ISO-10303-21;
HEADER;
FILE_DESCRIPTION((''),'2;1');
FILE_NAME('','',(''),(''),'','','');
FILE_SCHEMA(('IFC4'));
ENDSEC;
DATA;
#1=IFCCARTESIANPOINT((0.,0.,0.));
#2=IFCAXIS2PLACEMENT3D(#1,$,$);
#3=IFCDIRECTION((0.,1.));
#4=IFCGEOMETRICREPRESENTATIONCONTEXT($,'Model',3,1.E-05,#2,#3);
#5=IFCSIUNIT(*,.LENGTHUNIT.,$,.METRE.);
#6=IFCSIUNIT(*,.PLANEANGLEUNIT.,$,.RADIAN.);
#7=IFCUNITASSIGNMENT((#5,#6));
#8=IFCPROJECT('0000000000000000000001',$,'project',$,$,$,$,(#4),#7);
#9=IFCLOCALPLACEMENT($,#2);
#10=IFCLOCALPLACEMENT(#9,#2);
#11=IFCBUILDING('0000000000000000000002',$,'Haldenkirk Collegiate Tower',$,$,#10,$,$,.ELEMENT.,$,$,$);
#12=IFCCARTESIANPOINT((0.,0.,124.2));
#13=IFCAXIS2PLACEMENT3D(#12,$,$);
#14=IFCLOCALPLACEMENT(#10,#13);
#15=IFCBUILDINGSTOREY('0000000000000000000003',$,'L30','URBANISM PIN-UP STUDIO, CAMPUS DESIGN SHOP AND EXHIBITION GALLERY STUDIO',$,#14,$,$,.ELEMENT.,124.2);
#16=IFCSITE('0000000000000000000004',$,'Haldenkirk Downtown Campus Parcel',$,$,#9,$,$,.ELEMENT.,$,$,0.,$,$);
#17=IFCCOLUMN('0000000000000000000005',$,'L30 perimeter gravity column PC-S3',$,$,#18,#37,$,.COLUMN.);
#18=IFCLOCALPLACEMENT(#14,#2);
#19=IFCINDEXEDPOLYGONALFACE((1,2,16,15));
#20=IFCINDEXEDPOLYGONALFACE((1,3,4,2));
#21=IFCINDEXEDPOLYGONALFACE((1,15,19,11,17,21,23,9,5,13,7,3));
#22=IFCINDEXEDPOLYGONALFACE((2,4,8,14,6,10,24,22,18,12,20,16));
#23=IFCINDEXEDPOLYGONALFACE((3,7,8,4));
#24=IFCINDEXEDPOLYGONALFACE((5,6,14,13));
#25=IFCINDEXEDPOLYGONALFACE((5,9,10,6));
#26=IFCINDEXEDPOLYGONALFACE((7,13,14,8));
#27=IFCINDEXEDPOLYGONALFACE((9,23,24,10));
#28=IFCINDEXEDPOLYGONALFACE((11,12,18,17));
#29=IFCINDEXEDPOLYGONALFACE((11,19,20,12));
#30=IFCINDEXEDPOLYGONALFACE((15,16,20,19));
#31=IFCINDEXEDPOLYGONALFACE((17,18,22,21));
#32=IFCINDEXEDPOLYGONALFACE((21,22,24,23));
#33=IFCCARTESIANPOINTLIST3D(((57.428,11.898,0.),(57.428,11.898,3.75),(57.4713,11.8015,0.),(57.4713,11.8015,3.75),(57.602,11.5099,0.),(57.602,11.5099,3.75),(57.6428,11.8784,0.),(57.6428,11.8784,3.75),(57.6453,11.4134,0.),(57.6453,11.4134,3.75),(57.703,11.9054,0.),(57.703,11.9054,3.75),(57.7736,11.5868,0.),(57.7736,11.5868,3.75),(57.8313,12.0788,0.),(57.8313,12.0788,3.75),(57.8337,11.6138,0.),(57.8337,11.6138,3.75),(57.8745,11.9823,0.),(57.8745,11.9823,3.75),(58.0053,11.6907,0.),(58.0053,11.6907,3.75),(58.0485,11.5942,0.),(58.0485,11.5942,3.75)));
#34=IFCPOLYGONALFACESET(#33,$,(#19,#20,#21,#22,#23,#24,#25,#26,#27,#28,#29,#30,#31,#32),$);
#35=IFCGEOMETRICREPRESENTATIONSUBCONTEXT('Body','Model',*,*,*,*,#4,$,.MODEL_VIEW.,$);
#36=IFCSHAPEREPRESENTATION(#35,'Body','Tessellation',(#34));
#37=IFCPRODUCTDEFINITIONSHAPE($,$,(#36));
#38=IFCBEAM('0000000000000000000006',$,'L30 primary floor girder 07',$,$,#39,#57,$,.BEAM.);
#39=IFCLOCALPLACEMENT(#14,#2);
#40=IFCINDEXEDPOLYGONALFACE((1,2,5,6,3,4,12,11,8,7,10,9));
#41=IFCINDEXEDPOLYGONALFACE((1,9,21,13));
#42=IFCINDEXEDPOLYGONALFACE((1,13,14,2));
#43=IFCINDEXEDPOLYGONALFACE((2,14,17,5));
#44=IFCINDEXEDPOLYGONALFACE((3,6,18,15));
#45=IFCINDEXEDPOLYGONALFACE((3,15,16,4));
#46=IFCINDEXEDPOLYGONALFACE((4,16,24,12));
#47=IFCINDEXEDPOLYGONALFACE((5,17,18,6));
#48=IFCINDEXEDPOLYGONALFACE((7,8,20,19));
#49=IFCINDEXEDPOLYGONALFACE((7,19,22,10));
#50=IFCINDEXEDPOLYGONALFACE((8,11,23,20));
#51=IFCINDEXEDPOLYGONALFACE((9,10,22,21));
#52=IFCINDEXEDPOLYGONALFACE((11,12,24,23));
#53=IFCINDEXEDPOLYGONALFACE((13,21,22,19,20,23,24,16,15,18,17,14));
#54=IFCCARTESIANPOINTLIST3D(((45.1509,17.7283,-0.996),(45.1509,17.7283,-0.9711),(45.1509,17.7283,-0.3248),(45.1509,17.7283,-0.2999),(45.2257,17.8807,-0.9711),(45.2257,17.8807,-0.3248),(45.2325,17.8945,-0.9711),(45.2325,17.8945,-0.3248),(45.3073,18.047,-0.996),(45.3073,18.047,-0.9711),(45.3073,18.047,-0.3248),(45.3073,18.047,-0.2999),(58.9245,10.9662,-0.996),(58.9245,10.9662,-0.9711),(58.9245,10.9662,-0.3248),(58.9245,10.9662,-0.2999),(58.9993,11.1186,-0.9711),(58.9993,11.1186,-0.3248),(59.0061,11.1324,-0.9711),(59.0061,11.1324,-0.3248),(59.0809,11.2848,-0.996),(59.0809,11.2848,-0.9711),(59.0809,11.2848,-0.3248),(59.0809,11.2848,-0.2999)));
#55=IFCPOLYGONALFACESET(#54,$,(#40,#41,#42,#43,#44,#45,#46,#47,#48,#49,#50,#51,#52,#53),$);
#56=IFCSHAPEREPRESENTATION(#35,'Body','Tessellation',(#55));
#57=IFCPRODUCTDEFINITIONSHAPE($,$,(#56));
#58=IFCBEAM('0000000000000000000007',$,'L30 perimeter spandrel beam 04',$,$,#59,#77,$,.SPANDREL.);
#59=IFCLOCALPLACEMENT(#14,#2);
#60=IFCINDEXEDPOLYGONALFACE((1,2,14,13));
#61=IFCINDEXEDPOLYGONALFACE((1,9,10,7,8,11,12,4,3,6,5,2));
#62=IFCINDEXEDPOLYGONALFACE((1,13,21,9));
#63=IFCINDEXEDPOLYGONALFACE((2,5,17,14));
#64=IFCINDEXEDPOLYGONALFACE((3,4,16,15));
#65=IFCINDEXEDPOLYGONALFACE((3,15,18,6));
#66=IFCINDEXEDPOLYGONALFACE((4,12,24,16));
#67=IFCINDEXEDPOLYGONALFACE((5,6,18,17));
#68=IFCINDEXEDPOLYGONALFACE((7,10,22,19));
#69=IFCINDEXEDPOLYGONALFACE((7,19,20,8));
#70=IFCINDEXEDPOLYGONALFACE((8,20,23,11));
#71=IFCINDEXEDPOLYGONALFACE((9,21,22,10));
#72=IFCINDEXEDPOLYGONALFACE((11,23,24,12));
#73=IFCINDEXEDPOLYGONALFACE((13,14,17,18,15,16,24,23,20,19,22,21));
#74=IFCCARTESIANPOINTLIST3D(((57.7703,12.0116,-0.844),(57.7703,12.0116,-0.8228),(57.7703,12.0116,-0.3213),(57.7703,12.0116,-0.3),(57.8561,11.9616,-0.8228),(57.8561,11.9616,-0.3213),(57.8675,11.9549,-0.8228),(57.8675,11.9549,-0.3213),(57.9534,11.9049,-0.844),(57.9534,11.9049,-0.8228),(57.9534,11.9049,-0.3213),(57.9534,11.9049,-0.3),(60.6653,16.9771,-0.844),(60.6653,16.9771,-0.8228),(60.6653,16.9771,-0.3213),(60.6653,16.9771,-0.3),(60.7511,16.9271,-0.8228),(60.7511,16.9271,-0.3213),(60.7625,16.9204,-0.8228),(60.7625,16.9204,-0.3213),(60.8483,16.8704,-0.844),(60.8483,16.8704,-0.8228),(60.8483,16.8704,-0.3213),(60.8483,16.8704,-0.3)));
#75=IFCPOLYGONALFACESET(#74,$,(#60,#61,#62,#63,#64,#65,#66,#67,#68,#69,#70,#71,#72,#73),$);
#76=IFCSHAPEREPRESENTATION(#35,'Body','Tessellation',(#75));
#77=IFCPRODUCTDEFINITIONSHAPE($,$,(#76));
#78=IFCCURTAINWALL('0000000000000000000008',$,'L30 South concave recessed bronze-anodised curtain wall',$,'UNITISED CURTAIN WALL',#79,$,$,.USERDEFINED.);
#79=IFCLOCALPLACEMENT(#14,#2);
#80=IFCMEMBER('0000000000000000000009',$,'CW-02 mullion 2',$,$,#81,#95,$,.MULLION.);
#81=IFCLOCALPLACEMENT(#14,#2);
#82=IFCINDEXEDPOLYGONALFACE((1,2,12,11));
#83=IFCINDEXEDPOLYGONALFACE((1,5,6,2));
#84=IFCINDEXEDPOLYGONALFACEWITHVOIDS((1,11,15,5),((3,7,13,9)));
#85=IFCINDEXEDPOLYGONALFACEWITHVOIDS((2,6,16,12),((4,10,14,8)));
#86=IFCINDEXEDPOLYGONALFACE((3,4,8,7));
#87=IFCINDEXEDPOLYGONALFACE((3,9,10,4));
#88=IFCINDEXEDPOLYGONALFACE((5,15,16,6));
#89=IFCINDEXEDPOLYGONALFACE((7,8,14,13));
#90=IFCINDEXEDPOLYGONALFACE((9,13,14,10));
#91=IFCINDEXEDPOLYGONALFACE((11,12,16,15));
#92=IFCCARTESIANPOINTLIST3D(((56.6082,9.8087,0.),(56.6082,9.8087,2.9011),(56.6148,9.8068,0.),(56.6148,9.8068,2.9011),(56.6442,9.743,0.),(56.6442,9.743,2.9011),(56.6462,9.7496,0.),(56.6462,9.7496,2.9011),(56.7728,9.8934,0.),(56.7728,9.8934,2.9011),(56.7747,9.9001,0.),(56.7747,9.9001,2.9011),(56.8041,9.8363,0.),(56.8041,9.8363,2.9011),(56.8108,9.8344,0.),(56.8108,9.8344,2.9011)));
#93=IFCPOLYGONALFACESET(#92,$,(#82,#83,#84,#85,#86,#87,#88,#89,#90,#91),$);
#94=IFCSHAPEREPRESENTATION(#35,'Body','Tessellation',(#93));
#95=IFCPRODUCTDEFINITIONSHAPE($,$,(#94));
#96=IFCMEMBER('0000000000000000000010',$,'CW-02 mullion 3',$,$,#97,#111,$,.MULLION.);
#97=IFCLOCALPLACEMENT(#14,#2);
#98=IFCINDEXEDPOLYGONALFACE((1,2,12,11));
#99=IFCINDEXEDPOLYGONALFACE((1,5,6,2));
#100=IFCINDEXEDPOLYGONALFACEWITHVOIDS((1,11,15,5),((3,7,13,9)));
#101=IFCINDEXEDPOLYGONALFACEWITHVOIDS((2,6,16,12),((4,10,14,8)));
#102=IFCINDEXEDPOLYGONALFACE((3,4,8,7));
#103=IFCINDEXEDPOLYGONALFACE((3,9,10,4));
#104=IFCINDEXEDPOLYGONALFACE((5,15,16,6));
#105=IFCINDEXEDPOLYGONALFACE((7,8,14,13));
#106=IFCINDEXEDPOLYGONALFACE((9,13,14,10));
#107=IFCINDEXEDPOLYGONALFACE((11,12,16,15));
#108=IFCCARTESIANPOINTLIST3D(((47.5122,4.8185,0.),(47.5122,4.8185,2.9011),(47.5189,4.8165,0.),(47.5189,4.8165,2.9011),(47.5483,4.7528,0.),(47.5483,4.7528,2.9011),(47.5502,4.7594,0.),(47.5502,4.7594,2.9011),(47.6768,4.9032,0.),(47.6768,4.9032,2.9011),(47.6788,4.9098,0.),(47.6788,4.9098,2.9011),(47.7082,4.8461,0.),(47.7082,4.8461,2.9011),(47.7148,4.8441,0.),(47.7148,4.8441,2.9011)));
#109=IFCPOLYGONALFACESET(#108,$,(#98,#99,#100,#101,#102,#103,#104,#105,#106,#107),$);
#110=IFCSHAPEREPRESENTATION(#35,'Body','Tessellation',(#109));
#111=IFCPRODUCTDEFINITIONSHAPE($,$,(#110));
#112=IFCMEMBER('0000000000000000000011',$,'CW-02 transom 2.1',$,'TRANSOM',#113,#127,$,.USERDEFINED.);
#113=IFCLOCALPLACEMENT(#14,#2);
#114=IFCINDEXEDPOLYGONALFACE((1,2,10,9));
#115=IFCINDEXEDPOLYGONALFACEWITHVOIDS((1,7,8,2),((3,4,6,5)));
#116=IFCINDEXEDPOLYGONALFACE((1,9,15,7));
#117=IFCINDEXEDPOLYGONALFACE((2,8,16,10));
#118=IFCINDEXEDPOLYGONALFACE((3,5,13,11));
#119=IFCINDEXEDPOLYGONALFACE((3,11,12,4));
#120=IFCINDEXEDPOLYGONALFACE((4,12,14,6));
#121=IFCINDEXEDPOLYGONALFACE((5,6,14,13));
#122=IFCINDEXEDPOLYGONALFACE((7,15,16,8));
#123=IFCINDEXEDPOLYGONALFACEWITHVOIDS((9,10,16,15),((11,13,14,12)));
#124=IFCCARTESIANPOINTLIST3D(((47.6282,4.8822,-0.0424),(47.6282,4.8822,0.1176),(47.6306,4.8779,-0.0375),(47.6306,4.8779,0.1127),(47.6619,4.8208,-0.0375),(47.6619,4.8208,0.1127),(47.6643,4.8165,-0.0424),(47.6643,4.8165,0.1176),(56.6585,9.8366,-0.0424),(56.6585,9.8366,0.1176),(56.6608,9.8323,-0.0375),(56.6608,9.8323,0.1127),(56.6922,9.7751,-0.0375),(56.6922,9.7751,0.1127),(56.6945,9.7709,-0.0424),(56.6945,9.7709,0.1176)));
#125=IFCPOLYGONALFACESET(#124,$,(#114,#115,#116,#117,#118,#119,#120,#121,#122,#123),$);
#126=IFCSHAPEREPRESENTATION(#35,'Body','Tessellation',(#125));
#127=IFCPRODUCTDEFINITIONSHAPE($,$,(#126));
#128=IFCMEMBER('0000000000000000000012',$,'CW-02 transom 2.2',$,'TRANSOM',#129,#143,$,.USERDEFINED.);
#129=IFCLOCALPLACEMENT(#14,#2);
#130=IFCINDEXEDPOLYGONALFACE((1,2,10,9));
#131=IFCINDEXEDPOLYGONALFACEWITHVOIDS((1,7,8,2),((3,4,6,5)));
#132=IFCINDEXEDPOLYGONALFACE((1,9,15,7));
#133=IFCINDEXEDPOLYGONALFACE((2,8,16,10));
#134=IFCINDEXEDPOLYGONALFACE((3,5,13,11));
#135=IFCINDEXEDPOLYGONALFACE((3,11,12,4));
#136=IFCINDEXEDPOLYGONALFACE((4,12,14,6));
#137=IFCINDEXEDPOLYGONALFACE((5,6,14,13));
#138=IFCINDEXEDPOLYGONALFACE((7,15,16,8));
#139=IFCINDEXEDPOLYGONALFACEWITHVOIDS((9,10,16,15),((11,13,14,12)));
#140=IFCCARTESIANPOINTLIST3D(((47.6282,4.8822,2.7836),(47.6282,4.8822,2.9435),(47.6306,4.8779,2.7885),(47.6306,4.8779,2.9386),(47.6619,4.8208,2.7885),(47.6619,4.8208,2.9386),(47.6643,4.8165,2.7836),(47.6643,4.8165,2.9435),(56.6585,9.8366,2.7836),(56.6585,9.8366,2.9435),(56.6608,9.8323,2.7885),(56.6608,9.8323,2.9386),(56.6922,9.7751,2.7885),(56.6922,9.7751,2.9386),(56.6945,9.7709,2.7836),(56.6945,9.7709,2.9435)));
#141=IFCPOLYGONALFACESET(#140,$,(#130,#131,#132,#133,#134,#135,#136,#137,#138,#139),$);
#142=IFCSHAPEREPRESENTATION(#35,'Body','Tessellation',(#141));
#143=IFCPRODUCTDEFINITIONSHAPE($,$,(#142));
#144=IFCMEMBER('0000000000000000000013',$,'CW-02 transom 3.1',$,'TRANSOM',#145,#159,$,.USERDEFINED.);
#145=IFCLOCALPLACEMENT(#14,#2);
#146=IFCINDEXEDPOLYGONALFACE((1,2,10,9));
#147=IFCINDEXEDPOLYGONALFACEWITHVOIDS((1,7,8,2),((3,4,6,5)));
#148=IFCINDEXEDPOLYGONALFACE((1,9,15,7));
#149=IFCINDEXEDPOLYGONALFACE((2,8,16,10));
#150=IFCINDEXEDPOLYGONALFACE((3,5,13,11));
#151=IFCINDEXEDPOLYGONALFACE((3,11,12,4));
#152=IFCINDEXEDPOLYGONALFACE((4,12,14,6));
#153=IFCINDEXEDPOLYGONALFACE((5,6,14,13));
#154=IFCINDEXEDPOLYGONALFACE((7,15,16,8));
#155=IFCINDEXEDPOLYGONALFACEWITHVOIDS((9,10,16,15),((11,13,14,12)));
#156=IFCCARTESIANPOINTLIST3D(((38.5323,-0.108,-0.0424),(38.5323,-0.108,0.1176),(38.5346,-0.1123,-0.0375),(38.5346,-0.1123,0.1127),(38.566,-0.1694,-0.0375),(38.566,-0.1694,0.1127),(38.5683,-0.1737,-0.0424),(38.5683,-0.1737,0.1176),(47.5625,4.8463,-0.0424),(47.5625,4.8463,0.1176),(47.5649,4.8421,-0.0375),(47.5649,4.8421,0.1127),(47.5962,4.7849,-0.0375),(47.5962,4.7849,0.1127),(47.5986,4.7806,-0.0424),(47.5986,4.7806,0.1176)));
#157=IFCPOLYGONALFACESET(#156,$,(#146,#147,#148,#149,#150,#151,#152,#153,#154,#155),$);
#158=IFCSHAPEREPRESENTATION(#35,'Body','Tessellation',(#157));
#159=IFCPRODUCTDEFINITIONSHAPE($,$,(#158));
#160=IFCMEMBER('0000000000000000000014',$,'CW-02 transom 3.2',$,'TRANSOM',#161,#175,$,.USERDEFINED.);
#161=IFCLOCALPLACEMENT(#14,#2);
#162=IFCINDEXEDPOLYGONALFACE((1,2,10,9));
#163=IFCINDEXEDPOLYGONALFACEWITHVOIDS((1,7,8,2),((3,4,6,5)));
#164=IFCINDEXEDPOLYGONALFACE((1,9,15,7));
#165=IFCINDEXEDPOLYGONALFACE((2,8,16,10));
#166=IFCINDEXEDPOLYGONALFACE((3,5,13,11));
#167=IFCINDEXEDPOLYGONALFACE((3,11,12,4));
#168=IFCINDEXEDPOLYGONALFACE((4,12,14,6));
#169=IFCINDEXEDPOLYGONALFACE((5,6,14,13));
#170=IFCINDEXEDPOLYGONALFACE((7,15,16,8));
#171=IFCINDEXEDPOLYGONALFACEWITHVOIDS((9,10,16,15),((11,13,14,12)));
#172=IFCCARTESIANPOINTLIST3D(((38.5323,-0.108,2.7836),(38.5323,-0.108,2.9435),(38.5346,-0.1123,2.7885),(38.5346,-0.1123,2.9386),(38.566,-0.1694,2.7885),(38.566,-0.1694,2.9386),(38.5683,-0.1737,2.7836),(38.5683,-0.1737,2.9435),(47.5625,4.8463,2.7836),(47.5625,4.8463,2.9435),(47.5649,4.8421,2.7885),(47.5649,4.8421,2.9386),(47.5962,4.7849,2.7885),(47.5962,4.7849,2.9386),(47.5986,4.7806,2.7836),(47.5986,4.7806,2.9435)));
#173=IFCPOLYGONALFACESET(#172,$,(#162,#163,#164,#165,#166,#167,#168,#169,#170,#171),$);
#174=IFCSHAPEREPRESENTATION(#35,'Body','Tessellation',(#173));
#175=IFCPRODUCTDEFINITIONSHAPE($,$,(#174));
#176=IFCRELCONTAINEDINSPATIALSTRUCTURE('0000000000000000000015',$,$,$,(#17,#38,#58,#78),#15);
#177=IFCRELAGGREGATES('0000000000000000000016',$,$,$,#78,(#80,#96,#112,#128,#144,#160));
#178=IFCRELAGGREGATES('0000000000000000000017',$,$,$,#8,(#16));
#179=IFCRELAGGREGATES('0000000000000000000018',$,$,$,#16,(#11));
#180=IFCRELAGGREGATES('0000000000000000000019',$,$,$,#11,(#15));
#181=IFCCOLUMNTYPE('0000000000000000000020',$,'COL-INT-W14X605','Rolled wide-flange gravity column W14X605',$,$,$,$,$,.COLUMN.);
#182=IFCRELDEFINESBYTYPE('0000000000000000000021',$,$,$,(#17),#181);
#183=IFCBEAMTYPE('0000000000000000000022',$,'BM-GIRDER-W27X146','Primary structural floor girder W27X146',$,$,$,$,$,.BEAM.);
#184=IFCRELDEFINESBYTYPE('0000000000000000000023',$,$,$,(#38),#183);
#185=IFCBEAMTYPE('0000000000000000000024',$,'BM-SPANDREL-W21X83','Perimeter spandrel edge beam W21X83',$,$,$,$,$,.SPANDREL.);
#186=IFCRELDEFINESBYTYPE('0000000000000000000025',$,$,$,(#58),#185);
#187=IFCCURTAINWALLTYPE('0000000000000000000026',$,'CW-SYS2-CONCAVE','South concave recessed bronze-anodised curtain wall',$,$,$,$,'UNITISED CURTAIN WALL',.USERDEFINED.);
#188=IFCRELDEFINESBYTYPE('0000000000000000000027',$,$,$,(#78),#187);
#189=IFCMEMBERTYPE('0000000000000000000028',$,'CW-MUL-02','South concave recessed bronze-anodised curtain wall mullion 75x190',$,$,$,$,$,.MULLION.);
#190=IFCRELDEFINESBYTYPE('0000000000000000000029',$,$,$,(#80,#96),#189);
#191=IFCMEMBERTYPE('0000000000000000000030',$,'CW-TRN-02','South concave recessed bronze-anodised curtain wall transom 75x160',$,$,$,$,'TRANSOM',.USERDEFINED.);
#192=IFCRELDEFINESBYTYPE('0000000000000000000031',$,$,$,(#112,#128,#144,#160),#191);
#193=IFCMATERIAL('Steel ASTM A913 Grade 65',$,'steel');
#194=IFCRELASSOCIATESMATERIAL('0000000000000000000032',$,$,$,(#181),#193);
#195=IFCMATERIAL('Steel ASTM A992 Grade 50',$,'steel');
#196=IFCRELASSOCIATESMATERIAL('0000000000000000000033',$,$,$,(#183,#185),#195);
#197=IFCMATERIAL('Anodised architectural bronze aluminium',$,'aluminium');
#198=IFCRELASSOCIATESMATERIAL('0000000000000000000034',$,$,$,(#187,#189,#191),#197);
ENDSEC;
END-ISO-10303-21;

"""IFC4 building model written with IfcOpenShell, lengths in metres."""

from ifc_helpers import new_model, si_unit, direction, frame, origin, origin_2d, place, context, subcontext, project, spatial, hollow_rectangle, i_section, extrude, material, material_profile, profile_set, type_object, element, aggregate, save


model = new_model("IFC4")

# Units and contexts
model_context = context("Model", 3, precision=1e-05, world=origin(), true_north=direction((0.0, 1.0)))
body_context = subcontext(model_context, "Body", "Model", "MODEL_VIEW")
ifc_project = project(units=[si_unit("LENGTHUNIT", "METRE"), si_unit("PLANEANGLEUNIT", "RADIAN")], contexts=[model_context])

# Site, building, storey
site_placement = place(None, origin())
site = spatial("IfcSite", under=ifc_project, at=site_placement, Name="Haldenkirk Downtown Campus Parcel", CompositionType="ELEMENT", RefElevation=0.0)
building_placement = place(site_placement, origin())
building = spatial("IfcBuilding", under=site, at=building_placement, Name="Haldenkirk Collegiate Tower", CompositionType="ELEMENT")
storey_placement = place(building_placement, frame((0.0, 0.0, 124.2)))
storey = spatial("IfcBuildingStorey", under=building, at=storey_placement, Name="L30", Description="URBANISM PIN-UP STUDIO, CAMPUS DESIGN SHOP AND EXHIBITION GALLERY STUDIO", CompositionType="ELEMENT", Elevation=124.2)

# Column
ifc_material_1 = material(Name="Steel ASTM A913 Grade 65", Category="steel")
ifc_material_profile_1 = material_profile(ifc_material_1, i_section(OverallWidth=0.4419, OverallDepth=0.531, WebThickness=0.0659, FlangeThickness=0.1057, at=origin_2d()), Name="W14X605")
ifc_profile_set_1 = profile_set([ifc_material_profile_1], Name="Steel ASTM A913 Grade 65")
column_type = type_object("IfcColumnType", Name="COL-INT-W14X605", Description="Rolled wide-flange gravity column W14X605", PredefinedType="COLUMN", material=ifc_profile_set_1)
column_placement = place(storey_placement, frame((57.7383, 11.7461, 0.0), z_axis=(0.0, 0.0, 1.0), x_axis=(0.912477, 0.409127, 0.0)))
element("IfcColumn", 1, at=column_placement, inside=storey, type_object=column_type, Name="L30 perimeter gravity column PC-S3", PredefinedType="COLUMN", context=body_context, shape_type="SweptSolid", body=[
    extrude(i_section(OverallWidth=0.4419, OverallDepth=0.531, WebThickness=0.0659, FlangeThickness=0.1057, at=origin_2d()), origin(), (0.0, 0.0, 1.0), 3.75),
])

# Beams
ifc_material_2 = material(Name="Steel ASTM A992 Grade 50", Category="steel")
ifc_material_profile_2 = material_profile(ifc_material_2, i_section(OverallWidth=0.355, OverallDepth=0.696, WebThickness=0.0154, FlangeThickness=0.0249, at=origin_2d()), Name="W27X146")
ifc_profile_set_2 = profile_set([ifc_material_profile_2], Name="Steel ASTM A992 Grade 50")
beam_type_1 = type_object("IfcBeamType", Name="BM-GIRDER-W27X146", Description="Primary structural floor girder W27X146", PredefinedType="BEAM", material=ifc_profile_set_2)
beam_1_placement = place(storey_placement, frame((59.0027, 11.1255, -0.6479), z_axis=(-0.897653, 0.440704, 0.0), x_axis=(-0.440704, -0.897653, 0.0)))
element("IfcBeam", 2, at=beam_1_placement, inside=storey, type_object=beam_type_1, Name="L30 primary floor girder 07", PredefinedType="BEAM", context=body_context, shape_type="SweptSolid", body=[
    extrude(i_section(OverallWidth=0.355, OverallDepth=0.696, WebThickness=0.0154, FlangeThickness=0.0249, at=origin_2d()), origin(), (0.0, 0.0, 1.0), 15.344),
])
ifc_material_profile_3 = material_profile(ifc_material_2, i_section(OverallWidth=0.2119, OverallDepth=0.5439, WebThickness=0.0132, FlangeThickness=0.0212, at=origin_2d()), Name="W21X83")
ifc_profile_set_3 = profile_set([ifc_material_profile_3], Name="Steel ASTM A992 Grade 50")
beam_type_2 = type_object("IfcBeamType", Name="BM-SPANDREL-W21X83", Description="Perimeter spandrel edge beam W21X83", PredefinedType="SPANDREL", material=ifc_profile_set_3)
beam_2_placement = place(storey_placement, frame((57.8618, 11.9583, -0.572), z_axis=(0.503668, 0.863897, 0.0), x_axis=(-0.863897, 0.503668, 0.0)))
element("IfcBeam", 3, at=beam_2_placement, inside=storey, type_object=beam_type_2, Name="L30 perimeter spandrel beam 04", PredefinedType="SPANDREL", context=body_context, shape_type="SweptSolid", body=[
    extrude(i_section(OverallWidth=0.2119, OverallDepth=0.5439, WebThickness=0.0132, FlangeThickness=0.0212, at=origin_2d()), origin(), (0.0, 0.0, 1.0), 5.7478),
])

# Curtain wall, members
ifc_material_3 = material(Name="Anodised architectural bronze aluminium", Category="aluminium")
curtain_wall_type = type_object("IfcCurtainWallType", Name="CW-SYS2-CONCAVE", Description="South concave recessed bronze-anodised curtain wall", ElementType="UNITISED CURTAIN WALL", PredefinedType="USERDEFINED", material=ifc_material_3)
curtain_wall_placement = place(storey_placement, origin())
curtain_wall = element("IfcCurtainWall", 4, at=curtain_wall_placement, inside=storey, type_object=curtain_wall_type, Name="L30 South concave recessed bronze-anodised curtain wall", ObjectType="UNITISED CURTAIN WALL", PredefinedType="USERDEFINED")
ifc_material_profile_4 = material_profile(ifc_material_3, hollow_rectangle(XDim=0.075, YDim=0.1899, WallThickness=0.0049, at=origin_2d()), Name="CW-MUL-02")
ifc_profile_set_4 = profile_set([ifc_material_profile_4], Name="Anodised architectural bronze aluminium")
member_type_1 = type_object("IfcMemberType", Name="CW-MUL-02", Description="South concave recessed bronze-anodised curtain wall mullion 75x190", PredefinedType="MULLION", material=ifc_profile_set_4)
member_1_placement = place(storey_placement, frame((56.7095, 9.8215, 0.0), z_axis=(0.0, 0.0, 1.0), x_axis=(0.480989, -0.876727, 0.0)))
member_1 = element("IfcMember", 5, at=member_1_placement, type_object=member_type_1, Name="CW-02 mullion 2", PredefinedType="MULLION", context=body_context, shape_type="SweptSolid", body=[
    extrude(hollow_rectangle(XDim=0.075, YDim=0.1899, WallThickness=0.0049, at=origin_2d()), origin(), (0.0, 0.0, 1.0), 2.9011),
])
member_2_placement = place(storey_placement, frame((47.6135, 4.8313, 0.0), z_axis=(0.0, 0.0, 1.0), x_axis=(0.480989, -0.876727, 0.0)))
member_2 = element("IfcMember", 6, at=member_2_placement, type_object=member_type_1, Name="CW-02 mullion 3", PredefinedType="MULLION", context=body_context, shape_type="SweptSolid", body=[
    extrude(hollow_rectangle(XDim=0.075, YDim=0.1899, WallThickness=0.0049, at=origin_2d()), origin(), (0.0, 0.0, 1.0), 2.9011),
])
ifc_material_profile_5 = material_profile(ifc_material_3, hollow_rectangle(XDim=0.075, YDim=0.1599, WallThickness=0.0049, at=origin_2d()), Name="CW-TRN-02")
ifc_profile_set_5 = profile_set([ifc_material_profile_5], Name="Anodised architectural bronze aluminium")
member_type_2 = type_object("IfcMemberType", Name="CW-TRN-02", Description="South concave recessed bronze-anodised curtain wall transom 75x160", ElementType="TRANSOM", PredefinedType="USERDEFINED", material=ifc_profile_set_5)
member_3_placement = place(storey_placement, frame((56.6765, 9.8037, 0.0376), z_axis=(-0.87672, -0.481001, 0.0), x_axis=(0.481001, -0.87672, 0.0)))
member_3 = element("IfcMember", 7, at=member_3_placement, type_object=member_type_2, Name="CW-02 transom 2.1", ObjectType="TRANSOM", PredefinedType="USERDEFINED", context=body_context, shape_type="SweptSolid", body=[
    extrude(hollow_rectangle(XDim=0.075, YDim=0.1599, WallThickness=0.0049, at=origin_2d()), origin(), (0.0, 0.0, 1.0), 10.3),
])
member_4_placement = place(storey_placement, frame((56.6765, 9.8037, 2.8635), z_axis=(-0.87672, -0.481001, 0.0), x_axis=(0.481001, -0.87672, 0.0)))
member_4 = element("IfcMember", 8, at=member_4_placement, type_object=member_type_2, Name="CW-02 transom 2.2", ObjectType="TRANSOM", PredefinedType="USERDEFINED", context=body_context, shape_type="SweptSolid", body=[
    extrude(hollow_rectangle(XDim=0.075, YDim=0.1599, WallThickness=0.0049, at=origin_2d()), origin(), (0.0, 0.0, 1.0), 10.3),
])
member_5_placement = place(storey_placement, frame((47.5806, 4.8135, 0.0376), z_axis=(-0.87672, -0.481001, 0.0), x_axis=(0.481001, -0.87672, 0.0)))
member_5 = element("IfcMember", 9, at=member_5_placement, type_object=member_type_2, Name="CW-02 transom 3.1", ObjectType="TRANSOM", PredefinedType="USERDEFINED", context=body_context, shape_type="SweptSolid", body=[
    extrude(hollow_rectangle(XDim=0.075, YDim=0.1599, WallThickness=0.0049, at=origin_2d()), origin(), (0.0, 0.0, 1.0), 10.3),
])
member_6_placement = place(storey_placement, frame((47.5806, 4.8135, 2.8635), z_axis=(-0.87672, -0.481001, 0.0), x_axis=(0.481001, -0.87672, 0.0)))
member_6 = element("IfcMember", 10, at=member_6_placement, type_object=member_type_2, Name="CW-02 transom 3.2", ObjectType="TRANSOM", PredefinedType="USERDEFINED", context=body_context, shape_type="SweptSolid", body=[
    extrude(hollow_rectangle(XDim=0.075, YDim=0.1599, WallThickness=0.0049, at=origin_2d()), origin(), (0.0, 0.0, 1.0), 10.3),
])
aggregate(curtain_wall, [member_1, member_2, member_3, member_4, member_5, member_6])

save(model, "model.ifc")
